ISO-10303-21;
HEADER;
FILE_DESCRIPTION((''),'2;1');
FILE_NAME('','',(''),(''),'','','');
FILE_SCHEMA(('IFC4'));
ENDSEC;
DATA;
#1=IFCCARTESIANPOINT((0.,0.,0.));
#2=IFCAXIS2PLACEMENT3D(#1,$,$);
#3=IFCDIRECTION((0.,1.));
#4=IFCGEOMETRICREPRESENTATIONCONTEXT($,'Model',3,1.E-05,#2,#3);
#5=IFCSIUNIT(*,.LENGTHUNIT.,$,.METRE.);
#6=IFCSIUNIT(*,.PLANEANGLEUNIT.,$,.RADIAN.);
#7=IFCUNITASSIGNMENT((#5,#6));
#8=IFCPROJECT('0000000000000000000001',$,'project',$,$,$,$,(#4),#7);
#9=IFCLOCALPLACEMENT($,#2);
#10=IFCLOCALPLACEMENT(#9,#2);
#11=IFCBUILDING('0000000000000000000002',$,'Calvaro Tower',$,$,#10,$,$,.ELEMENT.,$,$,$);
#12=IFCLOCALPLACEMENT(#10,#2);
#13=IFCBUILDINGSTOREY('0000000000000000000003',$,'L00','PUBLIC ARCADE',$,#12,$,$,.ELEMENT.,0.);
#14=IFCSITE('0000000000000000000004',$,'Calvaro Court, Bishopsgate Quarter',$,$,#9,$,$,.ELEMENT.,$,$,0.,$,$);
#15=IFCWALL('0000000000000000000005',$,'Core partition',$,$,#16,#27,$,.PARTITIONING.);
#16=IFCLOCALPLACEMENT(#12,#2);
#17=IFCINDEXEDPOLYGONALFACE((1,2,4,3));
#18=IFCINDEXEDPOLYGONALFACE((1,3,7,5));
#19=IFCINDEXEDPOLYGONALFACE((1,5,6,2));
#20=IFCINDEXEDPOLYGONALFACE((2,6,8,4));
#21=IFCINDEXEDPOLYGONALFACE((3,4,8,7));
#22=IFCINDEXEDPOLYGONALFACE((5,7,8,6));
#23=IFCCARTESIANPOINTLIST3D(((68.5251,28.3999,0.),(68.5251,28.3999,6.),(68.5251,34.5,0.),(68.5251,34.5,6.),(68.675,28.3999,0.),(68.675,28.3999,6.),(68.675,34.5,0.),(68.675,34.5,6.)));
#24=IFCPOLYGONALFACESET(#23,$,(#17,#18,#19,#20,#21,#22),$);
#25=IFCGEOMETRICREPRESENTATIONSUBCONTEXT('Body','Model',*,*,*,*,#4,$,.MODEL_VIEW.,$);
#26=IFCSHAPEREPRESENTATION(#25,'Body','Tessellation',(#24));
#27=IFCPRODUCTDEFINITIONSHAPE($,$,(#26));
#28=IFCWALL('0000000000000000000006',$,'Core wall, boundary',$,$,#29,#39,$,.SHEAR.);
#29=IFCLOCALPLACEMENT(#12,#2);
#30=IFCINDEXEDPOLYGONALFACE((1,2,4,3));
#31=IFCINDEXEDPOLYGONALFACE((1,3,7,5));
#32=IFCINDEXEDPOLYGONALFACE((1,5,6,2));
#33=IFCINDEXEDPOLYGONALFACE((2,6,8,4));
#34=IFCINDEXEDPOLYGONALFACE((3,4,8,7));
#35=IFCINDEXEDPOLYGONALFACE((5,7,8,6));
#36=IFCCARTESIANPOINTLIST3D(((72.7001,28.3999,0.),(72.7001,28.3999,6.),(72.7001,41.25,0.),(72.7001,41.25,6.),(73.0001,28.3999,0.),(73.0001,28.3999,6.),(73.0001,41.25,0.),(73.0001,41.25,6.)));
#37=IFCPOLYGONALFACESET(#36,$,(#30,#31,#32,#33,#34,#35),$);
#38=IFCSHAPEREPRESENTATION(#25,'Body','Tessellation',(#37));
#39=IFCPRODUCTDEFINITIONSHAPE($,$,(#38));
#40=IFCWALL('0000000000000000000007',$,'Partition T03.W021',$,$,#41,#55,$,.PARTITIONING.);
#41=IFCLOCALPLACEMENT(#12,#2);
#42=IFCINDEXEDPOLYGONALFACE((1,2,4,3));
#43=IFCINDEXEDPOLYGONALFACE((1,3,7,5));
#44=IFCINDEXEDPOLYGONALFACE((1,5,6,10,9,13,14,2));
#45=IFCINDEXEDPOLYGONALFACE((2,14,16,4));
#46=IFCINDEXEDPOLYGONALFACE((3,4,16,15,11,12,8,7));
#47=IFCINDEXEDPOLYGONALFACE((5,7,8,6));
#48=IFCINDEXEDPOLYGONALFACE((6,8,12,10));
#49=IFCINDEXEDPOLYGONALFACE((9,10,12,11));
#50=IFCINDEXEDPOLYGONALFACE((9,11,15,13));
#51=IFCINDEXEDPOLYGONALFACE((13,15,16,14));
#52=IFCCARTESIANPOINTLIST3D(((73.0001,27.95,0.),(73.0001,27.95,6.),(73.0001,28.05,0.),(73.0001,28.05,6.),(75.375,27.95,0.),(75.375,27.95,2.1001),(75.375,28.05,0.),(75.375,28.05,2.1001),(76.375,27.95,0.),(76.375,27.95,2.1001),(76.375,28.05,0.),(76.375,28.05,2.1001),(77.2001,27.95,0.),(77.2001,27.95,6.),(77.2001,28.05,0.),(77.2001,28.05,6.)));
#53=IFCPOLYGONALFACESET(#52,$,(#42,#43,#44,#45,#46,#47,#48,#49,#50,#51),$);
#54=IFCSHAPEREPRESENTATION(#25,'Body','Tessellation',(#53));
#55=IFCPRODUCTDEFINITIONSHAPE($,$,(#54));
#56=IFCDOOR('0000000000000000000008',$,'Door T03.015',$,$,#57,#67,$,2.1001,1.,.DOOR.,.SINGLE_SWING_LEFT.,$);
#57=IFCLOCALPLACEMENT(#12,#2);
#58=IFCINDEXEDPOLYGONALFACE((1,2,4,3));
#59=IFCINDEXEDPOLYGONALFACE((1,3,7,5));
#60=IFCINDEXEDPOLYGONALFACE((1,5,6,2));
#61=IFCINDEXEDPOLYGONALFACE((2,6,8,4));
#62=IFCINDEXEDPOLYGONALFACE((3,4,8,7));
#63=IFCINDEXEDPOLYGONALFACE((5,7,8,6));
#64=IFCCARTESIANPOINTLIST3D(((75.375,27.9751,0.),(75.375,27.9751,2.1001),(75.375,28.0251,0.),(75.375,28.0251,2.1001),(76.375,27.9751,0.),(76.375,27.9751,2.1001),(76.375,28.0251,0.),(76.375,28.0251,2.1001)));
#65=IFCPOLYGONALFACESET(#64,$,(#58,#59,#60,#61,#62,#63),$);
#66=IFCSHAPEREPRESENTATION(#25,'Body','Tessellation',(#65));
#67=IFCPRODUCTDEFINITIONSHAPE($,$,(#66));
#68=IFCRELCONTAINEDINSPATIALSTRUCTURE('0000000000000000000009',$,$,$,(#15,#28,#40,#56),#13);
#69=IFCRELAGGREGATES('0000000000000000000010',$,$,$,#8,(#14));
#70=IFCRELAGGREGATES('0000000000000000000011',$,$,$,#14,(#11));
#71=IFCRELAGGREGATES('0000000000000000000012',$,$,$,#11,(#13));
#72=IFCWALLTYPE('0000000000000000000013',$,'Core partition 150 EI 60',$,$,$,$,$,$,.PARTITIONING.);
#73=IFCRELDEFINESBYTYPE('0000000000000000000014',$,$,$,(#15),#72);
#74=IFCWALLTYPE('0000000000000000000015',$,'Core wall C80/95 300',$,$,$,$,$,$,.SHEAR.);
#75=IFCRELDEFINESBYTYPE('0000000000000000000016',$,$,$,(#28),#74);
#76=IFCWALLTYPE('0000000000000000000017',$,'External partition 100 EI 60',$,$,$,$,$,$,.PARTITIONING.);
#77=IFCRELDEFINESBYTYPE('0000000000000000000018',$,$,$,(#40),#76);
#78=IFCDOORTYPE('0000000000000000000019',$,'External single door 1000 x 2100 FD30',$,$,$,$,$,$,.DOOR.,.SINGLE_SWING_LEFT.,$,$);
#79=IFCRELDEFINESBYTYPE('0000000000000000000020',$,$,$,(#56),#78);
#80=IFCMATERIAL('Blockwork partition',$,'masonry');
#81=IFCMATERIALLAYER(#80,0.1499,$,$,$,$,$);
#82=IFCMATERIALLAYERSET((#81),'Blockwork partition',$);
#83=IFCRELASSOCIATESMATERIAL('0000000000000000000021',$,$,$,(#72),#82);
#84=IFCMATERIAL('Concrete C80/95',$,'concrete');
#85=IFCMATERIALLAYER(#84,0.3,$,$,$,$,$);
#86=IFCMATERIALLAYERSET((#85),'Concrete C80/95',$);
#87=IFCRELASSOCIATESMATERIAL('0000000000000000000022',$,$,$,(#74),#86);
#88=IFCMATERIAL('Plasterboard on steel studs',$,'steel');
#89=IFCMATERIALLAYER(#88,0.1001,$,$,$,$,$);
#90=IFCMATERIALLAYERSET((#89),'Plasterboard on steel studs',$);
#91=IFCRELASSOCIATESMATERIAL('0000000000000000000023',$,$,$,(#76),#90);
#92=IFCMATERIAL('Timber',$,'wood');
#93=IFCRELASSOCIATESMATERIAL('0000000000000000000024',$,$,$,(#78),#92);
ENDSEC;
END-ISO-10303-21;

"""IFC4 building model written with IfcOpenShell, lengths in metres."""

from ifc_helpers import new_model, si_unit, direction, frame, frame_2d, origin, place, context, subcontext, project, spatial, rectangle, extrude, material, layer, layer_set, type_object, element, fill, save


model = new_model("IFC4")

# Units and contexts
model_context = context("Model", 3, precision=1e-05, world=origin(), true_north=direction((0.0, 1.0)))
body_context = subcontext(model_context, "Body", "Model", "MODEL_VIEW")
ifc_project = project(units=[si_unit("LENGTHUNIT", "METRE"), si_unit("PLANEANGLEUNIT", "RADIAN")], contexts=[model_context])

# Site, building, storey
site_placement = place(None, origin())
site = spatial("IfcSite", under=ifc_project, at=site_placement, Name="Calvaro Court, Bishopsgate Quarter", CompositionType="ELEMENT", RefElevation=0.0)
building_placement = place(site_placement, origin())
building = spatial("IfcBuilding", under=site, at=building_placement, Name="Calvaro Tower", CompositionType="ELEMENT")
storey_placement = place(building_placement, origin())
storey = spatial("IfcBuildingStorey", under=building, at=storey_placement, Name="L00", Description="PUBLIC ARCADE", CompositionType="ELEMENT", Elevation=0.0)

# Walls
ifc_material_1 = material(Name="Blockwork partition", Category="masonry")
ifc_layer_1 = layer(ifc_material_1, 0.1499)
ifc_layer_set_1 = layer_set([ifc_layer_1], Name="Blockwork partition")
wall_type_1 = type_object("IfcWallType", Name="Core partition 150 EI 60", PredefinedType="PARTITIONING", material=ifc_layer_set_1)
wall_1_placement = place(storey_placement, frame((68.6001, 28.3999, 0.0), z_axis=(0.0, 0.0, 1.0), x_axis=(0.0, 1.0, 0.0)))
element("IfcWall", 1, at=wall_1_placement, inside=storey, type_object=wall_type_1, Name="Core partition", PredefinedType="PARTITIONING", context=body_context, shape_type="SweptSolid", body=[
    extrude(rectangle(XDim=6.1001, YDim=0.1499, at=frame_2d((3.05, 0.0))), origin(), (0.0, 0.0, 1.0), 6.0),
])
ifc_material_2 = material(Name="Concrete C80/95", Category="concrete")
ifc_layer_2 = layer(ifc_material_2, 0.3)
ifc_layer_set_2 = layer_set([ifc_layer_2], Name="Concrete C80/95")
wall_type_2 = type_object("IfcWallType", Name="Core wall C80/95 300", PredefinedType="SHEAR", material=ifc_layer_set_2)
wall_2_placement = place(storey_placement, frame((72.8501, 28.3999, 0.0), z_axis=(0.0, 0.0, 1.0), x_axis=(0.0, 1.0, 0.0)))
element("IfcWall", 2, at=wall_2_placement, inside=storey, type_object=wall_type_2, Name="Core wall, boundary", PredefinedType="SHEAR", context=body_context, shape_type="SweptSolid", body=[
    extrude(rectangle(XDim=12.8501, YDim=0.3, at=frame_2d((6.425, 0.0))), origin(), (0.0, 0.0, 1.0), 6.0),
])

# Wall, opening, door
ifc_material_3 = material(Name="Plasterboard on steel studs", Category="steel")
ifc_layer_3 = layer(ifc_material_3, 0.1001)
ifc_layer_set_3 = layer_set([ifc_layer_3], Name="Plasterboard on steel studs")
wall_type_3 = type_object("IfcWallType", Name="External partition 100 EI 60", PredefinedType="PARTITIONING", material=ifc_layer_set_3)
wall_3_placement = place(storey_placement, frame((73.0, 28.0, 0.0), z_axis=(0.0, 0.0, 1.0), x_axis=(1.0, 0.0, 0.0)))
wall_3 = element("IfcWall", 3, at=wall_3_placement, inside=storey, type_object=wall_type_3, Name="Partition T03.W021", PredefinedType="PARTITIONING", context=body_context, shape_type="SweptSolid", body=[
    extrude(rectangle(XDim=4.2, YDim=0.1001, at=frame_2d((2.1001, 0.0))), origin(), (0.0, 0.0, 1.0), 6.0),
])
opening_1_placement = place(wall_3_placement, frame((2.375, 0.0, 0.0)))
opening_1 = element("IfcOpeningElement", 4, at=opening_1_placement, cuts=wall_3, PredefinedType="OPENING", context=body_context, shape_type="SweptSolid", body=[
    extrude(rectangle(XDim=1.0, YDim=2.1001, at=frame_2d((0.5, 1.05))), frame((0.0, 0.0601, 0.0), z_axis=(0.0, -1.0, 0.0), x_axis=(1.0, 0.0, 0.0)), (0.0, 0.0, 1.0), 0.1201),
])
ifc_material_4 = material(Name="Timber", Category="wood")
door_type_1 = type_object("IfcDoorType", Name="External single door 1000 x 2100 FD30", OperationType="SINGLE_SWING_LEFT", PredefinedType="DOOR", material=ifc_material_4)
door_1_placement = place(opening_1_placement, frame((1.0, 0.0, 0.0), z_axis=(0.0, 0.0, 1.0), x_axis=(-1.0, 0.0, 0.0)))
door_1 = element("IfcDoor", 5, at=door_1_placement, inside=storey, type_object=door_type_1, Name="Door T03.015", OperationType="SINGLE_SWING_LEFT", OverallHeight=2.1001, OverallWidth=1.0, PredefinedType="DOOR", context=body_context, shape_type="SweptSolid", body=[
    extrude(rectangle(XDim=1.0, YDim=2.1001, at=frame_2d((0.5, 1.05))), frame((0.0, 0.0249, 0.0), z_axis=(0.0, -1.0, 0.0), x_axis=(1.0, 0.0, 0.0)), (0.0, 0.0, 1.0), 0.05),
])
fill(opening_1, door_1)

save(model, "model.ifc")
